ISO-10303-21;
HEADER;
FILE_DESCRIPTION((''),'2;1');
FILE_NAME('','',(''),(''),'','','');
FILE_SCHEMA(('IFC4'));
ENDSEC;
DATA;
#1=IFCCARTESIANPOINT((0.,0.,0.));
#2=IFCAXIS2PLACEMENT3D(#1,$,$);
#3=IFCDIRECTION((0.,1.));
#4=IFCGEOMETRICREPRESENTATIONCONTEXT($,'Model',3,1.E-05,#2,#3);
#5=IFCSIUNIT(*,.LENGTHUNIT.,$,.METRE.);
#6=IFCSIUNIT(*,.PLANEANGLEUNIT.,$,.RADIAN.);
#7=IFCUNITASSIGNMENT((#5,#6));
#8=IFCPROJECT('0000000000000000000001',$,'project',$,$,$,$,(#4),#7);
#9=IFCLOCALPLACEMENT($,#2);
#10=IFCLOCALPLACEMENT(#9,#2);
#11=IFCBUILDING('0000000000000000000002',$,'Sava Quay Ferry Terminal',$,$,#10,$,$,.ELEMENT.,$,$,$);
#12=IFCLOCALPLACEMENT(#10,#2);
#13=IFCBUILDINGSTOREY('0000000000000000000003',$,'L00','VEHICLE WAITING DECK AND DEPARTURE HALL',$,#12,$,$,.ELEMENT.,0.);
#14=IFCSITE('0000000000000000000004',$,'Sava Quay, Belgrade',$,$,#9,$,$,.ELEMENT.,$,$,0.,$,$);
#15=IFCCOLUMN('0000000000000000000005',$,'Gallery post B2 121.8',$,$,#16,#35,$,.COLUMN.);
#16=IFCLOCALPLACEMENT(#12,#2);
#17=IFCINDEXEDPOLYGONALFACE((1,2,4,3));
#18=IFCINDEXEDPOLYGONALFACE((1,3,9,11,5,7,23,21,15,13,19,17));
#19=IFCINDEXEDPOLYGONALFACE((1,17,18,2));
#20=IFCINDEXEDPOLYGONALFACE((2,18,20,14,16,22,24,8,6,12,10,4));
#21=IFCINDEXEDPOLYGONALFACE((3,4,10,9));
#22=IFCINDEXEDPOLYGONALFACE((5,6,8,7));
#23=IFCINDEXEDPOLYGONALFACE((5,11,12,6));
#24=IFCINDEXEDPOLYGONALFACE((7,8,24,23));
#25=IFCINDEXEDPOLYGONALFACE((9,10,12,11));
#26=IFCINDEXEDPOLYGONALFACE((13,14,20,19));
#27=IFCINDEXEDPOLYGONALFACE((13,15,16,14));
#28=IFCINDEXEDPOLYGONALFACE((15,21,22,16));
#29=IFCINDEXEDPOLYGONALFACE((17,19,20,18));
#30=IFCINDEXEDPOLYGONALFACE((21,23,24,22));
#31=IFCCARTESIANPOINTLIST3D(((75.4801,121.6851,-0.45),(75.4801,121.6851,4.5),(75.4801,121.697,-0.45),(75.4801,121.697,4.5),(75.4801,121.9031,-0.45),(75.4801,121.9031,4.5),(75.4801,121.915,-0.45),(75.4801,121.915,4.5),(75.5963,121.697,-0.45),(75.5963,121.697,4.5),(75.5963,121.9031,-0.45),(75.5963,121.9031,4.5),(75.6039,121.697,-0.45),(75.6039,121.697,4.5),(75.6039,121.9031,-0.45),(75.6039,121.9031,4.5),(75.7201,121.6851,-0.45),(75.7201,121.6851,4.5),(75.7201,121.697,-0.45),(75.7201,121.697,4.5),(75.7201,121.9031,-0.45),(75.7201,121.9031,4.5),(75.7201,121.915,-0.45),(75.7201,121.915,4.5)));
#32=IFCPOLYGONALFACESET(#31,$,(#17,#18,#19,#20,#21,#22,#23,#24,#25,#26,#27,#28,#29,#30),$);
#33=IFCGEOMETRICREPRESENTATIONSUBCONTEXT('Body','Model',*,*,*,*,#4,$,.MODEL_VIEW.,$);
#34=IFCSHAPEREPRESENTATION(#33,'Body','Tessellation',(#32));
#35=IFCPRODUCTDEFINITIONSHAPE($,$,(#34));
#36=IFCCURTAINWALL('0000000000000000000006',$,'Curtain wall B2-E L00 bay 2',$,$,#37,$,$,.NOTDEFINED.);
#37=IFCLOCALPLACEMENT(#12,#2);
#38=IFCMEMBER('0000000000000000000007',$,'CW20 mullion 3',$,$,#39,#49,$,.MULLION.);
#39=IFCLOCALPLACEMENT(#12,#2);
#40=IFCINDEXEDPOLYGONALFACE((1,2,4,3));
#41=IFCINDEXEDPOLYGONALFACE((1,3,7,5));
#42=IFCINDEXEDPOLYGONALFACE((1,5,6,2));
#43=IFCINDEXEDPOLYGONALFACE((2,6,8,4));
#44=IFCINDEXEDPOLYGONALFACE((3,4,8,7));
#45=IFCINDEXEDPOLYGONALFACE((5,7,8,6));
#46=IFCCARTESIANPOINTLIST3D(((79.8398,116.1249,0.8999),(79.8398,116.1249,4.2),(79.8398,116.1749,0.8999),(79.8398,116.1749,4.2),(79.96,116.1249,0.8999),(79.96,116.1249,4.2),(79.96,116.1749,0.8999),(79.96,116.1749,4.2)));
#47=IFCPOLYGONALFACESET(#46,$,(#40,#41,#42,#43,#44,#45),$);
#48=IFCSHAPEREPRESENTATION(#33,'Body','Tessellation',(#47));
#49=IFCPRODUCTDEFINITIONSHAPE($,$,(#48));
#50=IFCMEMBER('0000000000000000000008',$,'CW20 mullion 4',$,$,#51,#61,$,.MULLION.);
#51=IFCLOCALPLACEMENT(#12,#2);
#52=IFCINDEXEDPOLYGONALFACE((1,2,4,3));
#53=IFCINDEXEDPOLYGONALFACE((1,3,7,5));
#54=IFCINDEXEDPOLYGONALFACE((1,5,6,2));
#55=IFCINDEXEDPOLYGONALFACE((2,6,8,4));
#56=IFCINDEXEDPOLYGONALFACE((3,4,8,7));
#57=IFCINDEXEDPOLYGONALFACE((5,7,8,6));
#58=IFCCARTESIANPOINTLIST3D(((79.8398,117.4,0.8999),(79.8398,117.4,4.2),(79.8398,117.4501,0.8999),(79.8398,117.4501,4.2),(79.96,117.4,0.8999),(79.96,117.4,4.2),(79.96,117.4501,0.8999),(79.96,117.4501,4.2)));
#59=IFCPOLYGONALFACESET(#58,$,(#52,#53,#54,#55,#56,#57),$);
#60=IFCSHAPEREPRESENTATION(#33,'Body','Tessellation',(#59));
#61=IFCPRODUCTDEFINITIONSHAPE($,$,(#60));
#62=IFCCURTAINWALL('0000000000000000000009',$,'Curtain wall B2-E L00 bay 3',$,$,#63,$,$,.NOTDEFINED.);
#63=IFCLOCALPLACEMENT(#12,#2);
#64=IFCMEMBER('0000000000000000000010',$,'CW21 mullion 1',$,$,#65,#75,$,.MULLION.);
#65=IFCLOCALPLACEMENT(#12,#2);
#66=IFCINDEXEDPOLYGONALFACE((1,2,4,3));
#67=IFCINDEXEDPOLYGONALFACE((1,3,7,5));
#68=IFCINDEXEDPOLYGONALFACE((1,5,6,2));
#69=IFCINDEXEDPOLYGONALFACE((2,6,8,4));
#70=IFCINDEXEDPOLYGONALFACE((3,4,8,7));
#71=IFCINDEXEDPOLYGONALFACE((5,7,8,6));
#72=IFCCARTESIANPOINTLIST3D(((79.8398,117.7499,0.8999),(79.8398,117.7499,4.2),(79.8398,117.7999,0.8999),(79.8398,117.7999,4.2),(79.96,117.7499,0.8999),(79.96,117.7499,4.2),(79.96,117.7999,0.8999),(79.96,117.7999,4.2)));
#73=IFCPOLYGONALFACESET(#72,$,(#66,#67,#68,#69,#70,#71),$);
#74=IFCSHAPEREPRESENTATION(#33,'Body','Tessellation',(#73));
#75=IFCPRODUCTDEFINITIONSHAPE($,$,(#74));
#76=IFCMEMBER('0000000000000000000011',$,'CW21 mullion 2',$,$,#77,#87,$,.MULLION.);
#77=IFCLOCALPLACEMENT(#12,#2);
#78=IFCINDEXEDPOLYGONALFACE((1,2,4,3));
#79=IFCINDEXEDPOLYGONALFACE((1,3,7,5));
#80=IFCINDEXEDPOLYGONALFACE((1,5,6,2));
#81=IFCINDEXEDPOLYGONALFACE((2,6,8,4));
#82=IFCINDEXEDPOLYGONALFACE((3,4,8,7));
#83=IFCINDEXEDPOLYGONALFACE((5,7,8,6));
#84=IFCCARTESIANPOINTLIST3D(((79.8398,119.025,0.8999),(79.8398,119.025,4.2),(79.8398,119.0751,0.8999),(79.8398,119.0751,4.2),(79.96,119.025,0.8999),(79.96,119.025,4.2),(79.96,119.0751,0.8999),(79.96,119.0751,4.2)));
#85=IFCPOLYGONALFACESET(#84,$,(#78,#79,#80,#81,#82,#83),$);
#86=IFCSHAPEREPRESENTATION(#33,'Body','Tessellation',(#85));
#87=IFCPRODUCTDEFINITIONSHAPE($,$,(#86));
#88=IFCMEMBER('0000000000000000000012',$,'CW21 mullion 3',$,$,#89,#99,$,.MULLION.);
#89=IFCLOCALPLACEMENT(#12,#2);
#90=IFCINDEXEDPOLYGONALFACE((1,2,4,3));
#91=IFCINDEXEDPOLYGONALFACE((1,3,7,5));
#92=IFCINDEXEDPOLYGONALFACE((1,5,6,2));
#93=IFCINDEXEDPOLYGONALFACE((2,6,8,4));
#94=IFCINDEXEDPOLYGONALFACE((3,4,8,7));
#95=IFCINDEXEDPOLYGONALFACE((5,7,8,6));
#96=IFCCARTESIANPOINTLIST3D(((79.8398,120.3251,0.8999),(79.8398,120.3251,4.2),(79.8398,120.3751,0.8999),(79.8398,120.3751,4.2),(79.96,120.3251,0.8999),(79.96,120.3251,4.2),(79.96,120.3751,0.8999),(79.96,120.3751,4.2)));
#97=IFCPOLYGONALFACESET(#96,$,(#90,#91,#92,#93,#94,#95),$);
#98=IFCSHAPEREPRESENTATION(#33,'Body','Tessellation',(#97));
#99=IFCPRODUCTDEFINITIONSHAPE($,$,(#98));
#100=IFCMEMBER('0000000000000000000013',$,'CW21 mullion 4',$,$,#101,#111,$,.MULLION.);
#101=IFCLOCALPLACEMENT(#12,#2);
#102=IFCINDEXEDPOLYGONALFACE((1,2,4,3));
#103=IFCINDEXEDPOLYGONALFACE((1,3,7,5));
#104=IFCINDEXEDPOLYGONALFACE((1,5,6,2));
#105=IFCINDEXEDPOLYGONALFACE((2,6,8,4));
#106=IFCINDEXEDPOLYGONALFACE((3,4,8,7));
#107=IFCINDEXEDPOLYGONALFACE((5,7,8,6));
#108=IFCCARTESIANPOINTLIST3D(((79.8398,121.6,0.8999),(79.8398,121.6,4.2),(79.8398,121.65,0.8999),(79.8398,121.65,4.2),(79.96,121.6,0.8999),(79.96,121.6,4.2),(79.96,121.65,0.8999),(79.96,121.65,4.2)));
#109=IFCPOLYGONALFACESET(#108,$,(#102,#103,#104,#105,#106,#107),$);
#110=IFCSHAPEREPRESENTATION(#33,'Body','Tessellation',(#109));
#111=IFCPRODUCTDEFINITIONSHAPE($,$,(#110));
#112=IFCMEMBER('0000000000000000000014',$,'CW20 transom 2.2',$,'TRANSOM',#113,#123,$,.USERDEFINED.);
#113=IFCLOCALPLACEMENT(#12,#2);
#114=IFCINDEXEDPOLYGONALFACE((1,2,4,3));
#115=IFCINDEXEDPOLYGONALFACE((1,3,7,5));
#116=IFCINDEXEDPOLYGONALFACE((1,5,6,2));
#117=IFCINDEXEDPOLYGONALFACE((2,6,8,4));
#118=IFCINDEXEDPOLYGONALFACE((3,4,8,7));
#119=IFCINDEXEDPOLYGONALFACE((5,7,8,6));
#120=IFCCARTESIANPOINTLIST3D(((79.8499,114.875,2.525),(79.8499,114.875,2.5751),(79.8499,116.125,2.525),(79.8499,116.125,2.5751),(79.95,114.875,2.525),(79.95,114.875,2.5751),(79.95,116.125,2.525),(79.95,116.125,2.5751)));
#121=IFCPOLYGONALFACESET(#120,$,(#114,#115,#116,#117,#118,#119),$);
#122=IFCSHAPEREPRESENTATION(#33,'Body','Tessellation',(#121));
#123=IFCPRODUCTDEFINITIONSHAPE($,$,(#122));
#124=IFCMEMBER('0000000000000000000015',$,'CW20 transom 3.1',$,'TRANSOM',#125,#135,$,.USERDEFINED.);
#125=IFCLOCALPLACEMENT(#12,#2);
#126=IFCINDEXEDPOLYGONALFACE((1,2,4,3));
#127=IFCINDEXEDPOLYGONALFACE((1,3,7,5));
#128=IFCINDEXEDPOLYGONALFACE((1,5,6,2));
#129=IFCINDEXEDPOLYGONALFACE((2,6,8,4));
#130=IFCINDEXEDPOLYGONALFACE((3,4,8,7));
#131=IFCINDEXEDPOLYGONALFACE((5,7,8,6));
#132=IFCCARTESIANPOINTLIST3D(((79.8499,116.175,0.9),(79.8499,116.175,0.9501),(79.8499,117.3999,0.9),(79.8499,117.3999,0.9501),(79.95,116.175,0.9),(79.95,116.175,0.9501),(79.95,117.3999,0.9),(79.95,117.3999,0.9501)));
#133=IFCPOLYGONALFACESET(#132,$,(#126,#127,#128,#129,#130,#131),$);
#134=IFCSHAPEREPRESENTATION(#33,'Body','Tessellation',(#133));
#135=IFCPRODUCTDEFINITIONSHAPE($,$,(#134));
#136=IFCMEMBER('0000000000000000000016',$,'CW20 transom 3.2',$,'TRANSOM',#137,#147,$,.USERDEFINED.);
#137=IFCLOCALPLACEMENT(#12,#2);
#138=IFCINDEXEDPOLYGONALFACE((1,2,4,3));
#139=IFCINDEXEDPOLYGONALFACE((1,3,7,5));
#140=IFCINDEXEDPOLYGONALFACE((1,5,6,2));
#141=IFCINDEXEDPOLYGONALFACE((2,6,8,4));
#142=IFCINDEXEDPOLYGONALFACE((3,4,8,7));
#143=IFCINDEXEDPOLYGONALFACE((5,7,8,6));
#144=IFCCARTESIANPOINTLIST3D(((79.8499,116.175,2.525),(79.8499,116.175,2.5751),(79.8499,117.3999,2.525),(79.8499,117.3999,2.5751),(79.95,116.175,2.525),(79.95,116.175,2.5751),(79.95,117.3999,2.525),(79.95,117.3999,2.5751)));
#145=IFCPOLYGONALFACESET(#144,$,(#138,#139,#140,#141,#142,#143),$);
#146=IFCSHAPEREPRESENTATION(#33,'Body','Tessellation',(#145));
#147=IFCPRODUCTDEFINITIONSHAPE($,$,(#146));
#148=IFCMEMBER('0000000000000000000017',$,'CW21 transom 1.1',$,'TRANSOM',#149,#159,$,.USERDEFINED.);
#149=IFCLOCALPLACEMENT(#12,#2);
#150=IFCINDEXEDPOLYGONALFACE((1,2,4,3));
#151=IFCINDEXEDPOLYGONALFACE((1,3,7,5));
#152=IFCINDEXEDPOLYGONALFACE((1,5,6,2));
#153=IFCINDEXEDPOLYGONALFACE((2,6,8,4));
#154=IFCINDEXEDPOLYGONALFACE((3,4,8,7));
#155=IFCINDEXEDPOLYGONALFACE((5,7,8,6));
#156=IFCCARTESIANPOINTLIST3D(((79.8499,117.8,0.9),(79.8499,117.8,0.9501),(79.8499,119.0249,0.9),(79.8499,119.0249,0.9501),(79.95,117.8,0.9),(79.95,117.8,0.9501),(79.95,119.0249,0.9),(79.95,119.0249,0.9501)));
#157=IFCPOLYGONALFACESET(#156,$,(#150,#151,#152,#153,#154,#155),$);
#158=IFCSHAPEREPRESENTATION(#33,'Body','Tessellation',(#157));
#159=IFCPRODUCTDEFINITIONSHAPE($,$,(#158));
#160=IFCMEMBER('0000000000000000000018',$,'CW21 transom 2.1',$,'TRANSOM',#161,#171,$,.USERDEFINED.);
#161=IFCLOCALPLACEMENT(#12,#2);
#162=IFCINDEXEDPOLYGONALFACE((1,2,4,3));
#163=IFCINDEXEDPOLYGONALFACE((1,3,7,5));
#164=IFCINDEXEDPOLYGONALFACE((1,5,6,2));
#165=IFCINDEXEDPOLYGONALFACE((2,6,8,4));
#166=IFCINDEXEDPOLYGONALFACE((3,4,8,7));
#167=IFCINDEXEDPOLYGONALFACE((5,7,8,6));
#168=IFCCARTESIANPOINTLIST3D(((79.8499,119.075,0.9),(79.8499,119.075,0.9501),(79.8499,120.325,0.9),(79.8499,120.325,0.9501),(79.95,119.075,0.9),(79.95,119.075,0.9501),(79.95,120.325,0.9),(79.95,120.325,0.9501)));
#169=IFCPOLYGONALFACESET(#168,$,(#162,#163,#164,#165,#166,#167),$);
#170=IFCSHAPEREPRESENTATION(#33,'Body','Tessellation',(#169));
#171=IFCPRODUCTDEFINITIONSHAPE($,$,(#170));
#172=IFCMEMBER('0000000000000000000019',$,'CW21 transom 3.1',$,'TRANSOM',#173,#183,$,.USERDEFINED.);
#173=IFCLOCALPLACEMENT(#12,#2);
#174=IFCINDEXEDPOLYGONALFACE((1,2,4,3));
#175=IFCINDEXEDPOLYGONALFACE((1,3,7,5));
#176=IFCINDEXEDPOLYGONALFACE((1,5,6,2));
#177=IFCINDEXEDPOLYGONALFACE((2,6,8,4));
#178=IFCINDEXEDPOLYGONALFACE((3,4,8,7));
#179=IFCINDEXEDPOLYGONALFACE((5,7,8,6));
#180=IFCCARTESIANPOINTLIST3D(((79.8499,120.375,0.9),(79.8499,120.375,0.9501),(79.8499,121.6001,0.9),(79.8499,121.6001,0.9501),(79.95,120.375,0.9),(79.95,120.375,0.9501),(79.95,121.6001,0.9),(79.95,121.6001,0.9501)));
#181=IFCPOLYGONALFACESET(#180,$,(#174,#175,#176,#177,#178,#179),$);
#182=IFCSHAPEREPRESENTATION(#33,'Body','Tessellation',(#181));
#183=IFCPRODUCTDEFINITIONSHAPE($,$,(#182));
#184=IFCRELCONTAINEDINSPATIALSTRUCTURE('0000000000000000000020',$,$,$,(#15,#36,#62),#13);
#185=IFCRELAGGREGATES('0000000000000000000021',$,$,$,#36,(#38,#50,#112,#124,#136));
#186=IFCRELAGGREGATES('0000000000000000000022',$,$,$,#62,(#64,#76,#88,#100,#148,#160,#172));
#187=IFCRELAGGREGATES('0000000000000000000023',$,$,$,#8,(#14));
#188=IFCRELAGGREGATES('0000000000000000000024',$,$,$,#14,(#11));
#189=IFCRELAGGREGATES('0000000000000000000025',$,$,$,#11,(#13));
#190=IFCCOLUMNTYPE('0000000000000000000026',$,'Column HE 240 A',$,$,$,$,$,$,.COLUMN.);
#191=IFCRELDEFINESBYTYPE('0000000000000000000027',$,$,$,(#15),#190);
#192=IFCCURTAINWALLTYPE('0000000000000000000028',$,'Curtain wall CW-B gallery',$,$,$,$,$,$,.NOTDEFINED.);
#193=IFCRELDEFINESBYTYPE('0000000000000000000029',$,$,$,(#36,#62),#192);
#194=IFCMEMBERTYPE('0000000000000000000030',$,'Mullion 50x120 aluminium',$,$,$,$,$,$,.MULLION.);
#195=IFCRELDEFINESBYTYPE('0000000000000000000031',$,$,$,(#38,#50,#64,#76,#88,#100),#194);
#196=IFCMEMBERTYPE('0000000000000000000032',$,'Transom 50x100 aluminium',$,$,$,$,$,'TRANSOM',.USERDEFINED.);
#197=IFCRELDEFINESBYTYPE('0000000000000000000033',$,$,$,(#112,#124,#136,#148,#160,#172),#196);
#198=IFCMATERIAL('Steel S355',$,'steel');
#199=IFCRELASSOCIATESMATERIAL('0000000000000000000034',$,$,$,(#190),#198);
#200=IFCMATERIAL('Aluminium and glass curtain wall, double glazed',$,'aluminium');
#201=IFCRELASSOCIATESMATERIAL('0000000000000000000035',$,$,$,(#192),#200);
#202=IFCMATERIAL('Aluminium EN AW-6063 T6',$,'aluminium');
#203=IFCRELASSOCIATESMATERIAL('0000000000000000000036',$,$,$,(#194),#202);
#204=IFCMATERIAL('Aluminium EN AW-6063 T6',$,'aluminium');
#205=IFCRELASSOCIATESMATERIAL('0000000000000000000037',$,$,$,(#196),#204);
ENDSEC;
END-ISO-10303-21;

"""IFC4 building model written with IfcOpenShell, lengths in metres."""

from ifc_helpers import new_model, si_unit, direction, frame, origin, origin_2d, place, context, subcontext, project, spatial, rectangle, i_section, extrude, material, material_profile, profile_set, type_object, element, aggregate, save


model = new_model("IFC4")

# Units and contexts
model_context = context("Model", 3, precision=1e-05, world=origin(), true_north=direction((0.0, 1.0)))
body_context = subcontext(model_context, "Body", "Model", "MODEL_VIEW")
ifc_project = project(units=[si_unit("LENGTHUNIT", "METRE"), si_unit("PLANEANGLEUNIT", "RADIAN")], contexts=[model_context])

# Site, building, storey
site_placement = place(None, origin())
site = spatial("IfcSite", under=ifc_project, at=site_placement, Name="Sava Quay, Belgrade", CompositionType="ELEMENT", RefElevation=0.0)
building_placement = place(site_placement, origin())
building = spatial("IfcBuilding", under=site, at=building_placement, Name="Sava Quay Ferry Terminal", CompositionType="ELEMENT")
storey_placement = place(building_placement, origin())
storey = spatial("IfcBuildingStorey", under=building, at=storey_placement, Name="L00", Description="VEHICLE WAITING DECK AND DEPARTURE HALL", CompositionType="ELEMENT", Elevation=0.0)

# Column
ifc_material_1 = material(Name="Steel S355", Category="steel")
ifc_material_profile_1 = material_profile(ifc_material_1, i_section(OverallWidth=0.24, OverallDepth=0.23, WebThickness=0.0076, FlangeThickness=0.012, at=origin_2d()), Name="HE 240 A")
ifc_profile_set_1 = profile_set([ifc_material_profile_1], Name="Steel S355")
column_type = type_object("IfcColumnType", Name="Column HE 240 A", PredefinedType="COLUMN", material=ifc_profile_set_1)
column_placement = place(storey_placement, frame((75.6001, 121.8, -0.45), z_axis=(0.0, 0.0, 1.0), x_axis=(1.0, 0.0, 0.0)))
element("IfcColumn", 1, at=column_placement, inside=storey, type_object=column_type, Name="Gallery post B2 121.8", PredefinedType="COLUMN", context=body_context, shape_type="SweptSolid", body=[
    extrude(i_section(OverallWidth=0.24, OverallDepth=0.23, WebThickness=0.0076, FlangeThickness=0.012, at=origin_2d()), origin(), (0.0, 0.0, 1.0), 4.95),
])

# Curtain walls, members
ifc_material_2 = material(Name="Aluminium and glass curtain wall, double glazed", Category="aluminium")
curtain_wall_type = type_object("IfcCurtainWallType", Name="Curtain wall CW-B gallery", PredefinedType="NOTDEFINED", material=ifc_material_2)
curtain_wall_1_placement = place(storey_placement, origin())
curtain_wall_1 = element("IfcCurtainWall", 2, at=curtain_wall_1_placement, inside=storey, type_object=curtain_wall_type, Name="Curtain wall B2-E L00 bay 2", PredefinedType="NOTDEFINED")
ifc_material_3 = material(Name="Aluminium EN AW-6063 T6", Category="aluminium")
ifc_material_profile_2 = material_profile(ifc_material_3, rectangle(XDim=0.1201, YDim=0.05, at=origin_2d()), Name="Mullion 50x120 aluminium")
ifc_profile_set_2 = profile_set([ifc_material_profile_2], Name="Aluminium EN AW-6063 T6")
member_type_1 = type_object("IfcMemberType", Name="Mullion 50x120 aluminium", PredefinedType="MULLION", material=ifc_profile_set_2)
member_1_placement = place(storey_placement, frame((79.8999, 116.1499, 0.8999), z_axis=(0.0, 0.0, 1.0), x_axis=(-1.0, 0.0, 0.0)))
member_1 = element("IfcMember", 3, at=member_1_placement, type_object=member_type_1, Name="CW20 mullion 3", PredefinedType="MULLION", context=body_context, shape_type="SweptSolid", body=[
    extrude(rectangle(XDim=0.1201, YDim=0.05, at=origin_2d()), origin(), (0.0, 0.0, 1.0), 3.3),
])
member_2_placement = place(storey_placement, frame((79.8999, 117.425, 0.8999), z_axis=(0.0, 0.0, 1.0), x_axis=(-1.0, 0.0, 0.0)))
member_2 = element("IfcMember", 4, at=member_2_placement, type_object=member_type_1, Name="CW20 mullion 4", PredefinedType="MULLION", context=body_context, shape_type="SweptSolid", body=[
    extrude(rectangle(XDim=0.1201, YDim=0.05, at=origin_2d()), origin(), (0.0, 0.0, 1.0), 3.3),
])
curtain_wall_2_placement = place(storey_placement, origin())
curtain_wall_2 = element("IfcCurtainWall", 5, at=curtain_wall_2_placement, inside=storey, type_object=curtain_wall_type, Name="Curtain wall B2-E L00 bay 3", PredefinedType="NOTDEFINED")
member_3_placement = place(storey_placement, frame((79.8999, 117.7749, 0.8999), z_axis=(0.0, 0.0, 1.0), x_axis=(-1.0, 0.0, 0.0)))
member_3 = element("IfcMember", 6, at=member_3_placement, type_object=member_type_1, Name="CW21 mullion 1", PredefinedType="MULLION", context=body_context, shape_type="SweptSolid", body=[
    extrude(rectangle(XDim=0.1201, YDim=0.05, at=origin_2d()), origin(), (0.0, 0.0, 1.0), 3.3),
])
member_4_placement = place(storey_placement, frame((79.8999, 119.05, 0.8999), z_axis=(0.0, 0.0, 1.0), x_axis=(-1.0, 0.0, 0.0)))
member_4 = element("IfcMember", 7, at=member_4_placement, type_object=member_type_1, Name="CW21 mullion 2", PredefinedType="MULLION", context=body_context, shape_type="SweptSolid", body=[
    extrude(rectangle(XDim=0.1201, YDim=0.05, at=origin_2d()), origin(), (0.0, 0.0, 1.0), 3.3),
])
member_5_placement = place(storey_placement, frame((79.8999, 120.3501, 0.8999), z_axis=(0.0, 0.0, 1.0), x_axis=(-1.0, 0.0, 0.0)))
member_5 = element("IfcMember", 8, at=member_5_placement, type_object=member_type_1, Name="CW21 mullion 3", PredefinedType="MULLION", context=body_context, shape_type="SweptSolid", body=[
    extrude(rectangle(XDim=0.1201, YDim=0.05, at=origin_2d()), origin(), (0.0, 0.0, 1.0), 3.3),
])
member_6_placement = place(storey_placement, frame((79.8999, 121.625, 0.8999), z_axis=(0.0, 0.0, 1.0), x_axis=(-1.0, 0.0, 0.0)))
member_6 = element("IfcMember", 9, at=member_6_placement, type_object=member_type_1, Name="CW21 mullion 4", PredefinedType="MULLION", context=body_context, shape_type="SweptSolid", body=[
    extrude(rectangle(XDim=0.1201, YDim=0.05, at=origin_2d()), origin(), (0.0, 0.0, 1.0), 3.3),
])

# Members
ifc_material_4 = material(Name="Aluminium EN AW-6063 T6", Category="aluminium")
ifc_material_profile_3 = material_profile(ifc_material_4, rectangle(XDim=0.1001, YDim=0.05, at=origin_2d()), Name="Transom 50x100 aluminium")
ifc_profile_set_3 = profile_set([ifc_material_profile_3], Name="Aluminium EN AW-6063 T6")
member_type_2 = type_object("IfcMemberType", Name="Transom 50x100 aluminium", ElementType="TRANSOM", PredefinedType="USERDEFINED", material=ifc_profile_set_3)
member_7_placement = place(storey_placement, frame((79.8999, 114.875, 2.55), z_axis=(0.0, 1.0, 0.0), x_axis=(-1.0, 0.0, 0.0)))
member_7 = element("IfcMember", 10, at=member_7_placement, type_object=member_type_2, Name="CW20 transom 2.2", ObjectType="TRANSOM", PredefinedType="USERDEFINED", context=body_context, shape_type="SweptSolid", body=[
    extrude(rectangle(XDim=0.1001, YDim=0.05, at=origin_2d()), origin(), (0.0, 0.0, 1.0), 1.25),
])
member_8_placement = place(storey_placement, frame((79.8999, 116.175, 0.925), z_axis=(0.0, 1.0, 0.0), x_axis=(-1.0, 0.0, 0.0)))
member_8 = element("IfcMember", 11, at=member_8_placement, type_object=member_type_2, Name="CW20 transom 3.1", ObjectType="TRANSOM", PredefinedType="USERDEFINED", context=body_context, shape_type="SweptSolid", body=[
    extrude(rectangle(XDim=0.1001, YDim=0.05, at=origin_2d()), origin(), (0.0, 0.0, 1.0), 1.2249),
])
member_9_placement = place(storey_placement, frame((79.8999, 116.175, 2.55), z_axis=(0.0, 1.0, 0.0), x_axis=(-1.0, 0.0, 0.0)))
member_9 = element("IfcMember", 12, at=member_9_placement, type_object=member_type_2, Name="CW20 transom 3.2", ObjectType="TRANSOM", PredefinedType="USERDEFINED", context=body_context, shape_type="SweptSolid", body=[
    extrude(rectangle(XDim=0.1001, YDim=0.05, at=origin_2d()), origin(), (0.0, 0.0, 1.0), 1.2249),
])
member_10_placement = place(storey_placement, frame((79.8999, 117.8, 0.925), z_axis=(0.0, 1.0, 0.0), x_axis=(-1.0, 0.0, 0.0)))
member_10 = element("IfcMember", 13, at=member_10_placement, type_object=member_type_2, Name="CW21 transom 1.1", ObjectType="TRANSOM", PredefinedType="USERDEFINED", context=body_context, shape_type="SweptSolid", body=[
    extrude(rectangle(XDim=0.1001, YDim=0.05, at=origin_2d()), origin(), (0.0, 0.0, 1.0), 1.2249),
])
member_11_placement = place(storey_placement, frame((79.8999, 119.075, 0.925), z_axis=(0.0, 1.0, 0.0), x_axis=(-1.0, 0.0, 0.0)))
member_11 = element("IfcMember", 14, at=member_11_placement, type_object=member_type_2, Name="CW21 transom 2.1", ObjectType="TRANSOM", PredefinedType="USERDEFINED", context=body_context, shape_type="SweptSolid", body=[
    extrude(rectangle(XDim=0.1001, YDim=0.05, at=origin_2d()), origin(), (0.0, 0.0, 1.0), 1.25),
])
member_12_placement = place(storey_placement, frame((79.8999, 120.375, 0.925), z_axis=(0.0, 1.0, 0.0), x_axis=(-1.0, 0.0, 0.0)))
member_12 = element("IfcMember", 15, at=member_12_placement, type_object=member_type_2, Name="CW21 transom 3.1", ObjectType="TRANSOM", PredefinedType="USERDEFINED", context=body_context, shape_type="SweptSolid", body=[
    extrude(rectangle(XDim=0.1001, YDim=0.05, at=origin_2d()), origin(), (0.0, 0.0, 1.0), 1.2251),
])

aggregate(curtain_wall_1, [member_1, member_2, member_7, member_8, member_9])
aggregate(curtain_wall_2, [member_3, member_4, member_5, member_6, member_10, member_11, member_12])

save(model, "model.ifc")
